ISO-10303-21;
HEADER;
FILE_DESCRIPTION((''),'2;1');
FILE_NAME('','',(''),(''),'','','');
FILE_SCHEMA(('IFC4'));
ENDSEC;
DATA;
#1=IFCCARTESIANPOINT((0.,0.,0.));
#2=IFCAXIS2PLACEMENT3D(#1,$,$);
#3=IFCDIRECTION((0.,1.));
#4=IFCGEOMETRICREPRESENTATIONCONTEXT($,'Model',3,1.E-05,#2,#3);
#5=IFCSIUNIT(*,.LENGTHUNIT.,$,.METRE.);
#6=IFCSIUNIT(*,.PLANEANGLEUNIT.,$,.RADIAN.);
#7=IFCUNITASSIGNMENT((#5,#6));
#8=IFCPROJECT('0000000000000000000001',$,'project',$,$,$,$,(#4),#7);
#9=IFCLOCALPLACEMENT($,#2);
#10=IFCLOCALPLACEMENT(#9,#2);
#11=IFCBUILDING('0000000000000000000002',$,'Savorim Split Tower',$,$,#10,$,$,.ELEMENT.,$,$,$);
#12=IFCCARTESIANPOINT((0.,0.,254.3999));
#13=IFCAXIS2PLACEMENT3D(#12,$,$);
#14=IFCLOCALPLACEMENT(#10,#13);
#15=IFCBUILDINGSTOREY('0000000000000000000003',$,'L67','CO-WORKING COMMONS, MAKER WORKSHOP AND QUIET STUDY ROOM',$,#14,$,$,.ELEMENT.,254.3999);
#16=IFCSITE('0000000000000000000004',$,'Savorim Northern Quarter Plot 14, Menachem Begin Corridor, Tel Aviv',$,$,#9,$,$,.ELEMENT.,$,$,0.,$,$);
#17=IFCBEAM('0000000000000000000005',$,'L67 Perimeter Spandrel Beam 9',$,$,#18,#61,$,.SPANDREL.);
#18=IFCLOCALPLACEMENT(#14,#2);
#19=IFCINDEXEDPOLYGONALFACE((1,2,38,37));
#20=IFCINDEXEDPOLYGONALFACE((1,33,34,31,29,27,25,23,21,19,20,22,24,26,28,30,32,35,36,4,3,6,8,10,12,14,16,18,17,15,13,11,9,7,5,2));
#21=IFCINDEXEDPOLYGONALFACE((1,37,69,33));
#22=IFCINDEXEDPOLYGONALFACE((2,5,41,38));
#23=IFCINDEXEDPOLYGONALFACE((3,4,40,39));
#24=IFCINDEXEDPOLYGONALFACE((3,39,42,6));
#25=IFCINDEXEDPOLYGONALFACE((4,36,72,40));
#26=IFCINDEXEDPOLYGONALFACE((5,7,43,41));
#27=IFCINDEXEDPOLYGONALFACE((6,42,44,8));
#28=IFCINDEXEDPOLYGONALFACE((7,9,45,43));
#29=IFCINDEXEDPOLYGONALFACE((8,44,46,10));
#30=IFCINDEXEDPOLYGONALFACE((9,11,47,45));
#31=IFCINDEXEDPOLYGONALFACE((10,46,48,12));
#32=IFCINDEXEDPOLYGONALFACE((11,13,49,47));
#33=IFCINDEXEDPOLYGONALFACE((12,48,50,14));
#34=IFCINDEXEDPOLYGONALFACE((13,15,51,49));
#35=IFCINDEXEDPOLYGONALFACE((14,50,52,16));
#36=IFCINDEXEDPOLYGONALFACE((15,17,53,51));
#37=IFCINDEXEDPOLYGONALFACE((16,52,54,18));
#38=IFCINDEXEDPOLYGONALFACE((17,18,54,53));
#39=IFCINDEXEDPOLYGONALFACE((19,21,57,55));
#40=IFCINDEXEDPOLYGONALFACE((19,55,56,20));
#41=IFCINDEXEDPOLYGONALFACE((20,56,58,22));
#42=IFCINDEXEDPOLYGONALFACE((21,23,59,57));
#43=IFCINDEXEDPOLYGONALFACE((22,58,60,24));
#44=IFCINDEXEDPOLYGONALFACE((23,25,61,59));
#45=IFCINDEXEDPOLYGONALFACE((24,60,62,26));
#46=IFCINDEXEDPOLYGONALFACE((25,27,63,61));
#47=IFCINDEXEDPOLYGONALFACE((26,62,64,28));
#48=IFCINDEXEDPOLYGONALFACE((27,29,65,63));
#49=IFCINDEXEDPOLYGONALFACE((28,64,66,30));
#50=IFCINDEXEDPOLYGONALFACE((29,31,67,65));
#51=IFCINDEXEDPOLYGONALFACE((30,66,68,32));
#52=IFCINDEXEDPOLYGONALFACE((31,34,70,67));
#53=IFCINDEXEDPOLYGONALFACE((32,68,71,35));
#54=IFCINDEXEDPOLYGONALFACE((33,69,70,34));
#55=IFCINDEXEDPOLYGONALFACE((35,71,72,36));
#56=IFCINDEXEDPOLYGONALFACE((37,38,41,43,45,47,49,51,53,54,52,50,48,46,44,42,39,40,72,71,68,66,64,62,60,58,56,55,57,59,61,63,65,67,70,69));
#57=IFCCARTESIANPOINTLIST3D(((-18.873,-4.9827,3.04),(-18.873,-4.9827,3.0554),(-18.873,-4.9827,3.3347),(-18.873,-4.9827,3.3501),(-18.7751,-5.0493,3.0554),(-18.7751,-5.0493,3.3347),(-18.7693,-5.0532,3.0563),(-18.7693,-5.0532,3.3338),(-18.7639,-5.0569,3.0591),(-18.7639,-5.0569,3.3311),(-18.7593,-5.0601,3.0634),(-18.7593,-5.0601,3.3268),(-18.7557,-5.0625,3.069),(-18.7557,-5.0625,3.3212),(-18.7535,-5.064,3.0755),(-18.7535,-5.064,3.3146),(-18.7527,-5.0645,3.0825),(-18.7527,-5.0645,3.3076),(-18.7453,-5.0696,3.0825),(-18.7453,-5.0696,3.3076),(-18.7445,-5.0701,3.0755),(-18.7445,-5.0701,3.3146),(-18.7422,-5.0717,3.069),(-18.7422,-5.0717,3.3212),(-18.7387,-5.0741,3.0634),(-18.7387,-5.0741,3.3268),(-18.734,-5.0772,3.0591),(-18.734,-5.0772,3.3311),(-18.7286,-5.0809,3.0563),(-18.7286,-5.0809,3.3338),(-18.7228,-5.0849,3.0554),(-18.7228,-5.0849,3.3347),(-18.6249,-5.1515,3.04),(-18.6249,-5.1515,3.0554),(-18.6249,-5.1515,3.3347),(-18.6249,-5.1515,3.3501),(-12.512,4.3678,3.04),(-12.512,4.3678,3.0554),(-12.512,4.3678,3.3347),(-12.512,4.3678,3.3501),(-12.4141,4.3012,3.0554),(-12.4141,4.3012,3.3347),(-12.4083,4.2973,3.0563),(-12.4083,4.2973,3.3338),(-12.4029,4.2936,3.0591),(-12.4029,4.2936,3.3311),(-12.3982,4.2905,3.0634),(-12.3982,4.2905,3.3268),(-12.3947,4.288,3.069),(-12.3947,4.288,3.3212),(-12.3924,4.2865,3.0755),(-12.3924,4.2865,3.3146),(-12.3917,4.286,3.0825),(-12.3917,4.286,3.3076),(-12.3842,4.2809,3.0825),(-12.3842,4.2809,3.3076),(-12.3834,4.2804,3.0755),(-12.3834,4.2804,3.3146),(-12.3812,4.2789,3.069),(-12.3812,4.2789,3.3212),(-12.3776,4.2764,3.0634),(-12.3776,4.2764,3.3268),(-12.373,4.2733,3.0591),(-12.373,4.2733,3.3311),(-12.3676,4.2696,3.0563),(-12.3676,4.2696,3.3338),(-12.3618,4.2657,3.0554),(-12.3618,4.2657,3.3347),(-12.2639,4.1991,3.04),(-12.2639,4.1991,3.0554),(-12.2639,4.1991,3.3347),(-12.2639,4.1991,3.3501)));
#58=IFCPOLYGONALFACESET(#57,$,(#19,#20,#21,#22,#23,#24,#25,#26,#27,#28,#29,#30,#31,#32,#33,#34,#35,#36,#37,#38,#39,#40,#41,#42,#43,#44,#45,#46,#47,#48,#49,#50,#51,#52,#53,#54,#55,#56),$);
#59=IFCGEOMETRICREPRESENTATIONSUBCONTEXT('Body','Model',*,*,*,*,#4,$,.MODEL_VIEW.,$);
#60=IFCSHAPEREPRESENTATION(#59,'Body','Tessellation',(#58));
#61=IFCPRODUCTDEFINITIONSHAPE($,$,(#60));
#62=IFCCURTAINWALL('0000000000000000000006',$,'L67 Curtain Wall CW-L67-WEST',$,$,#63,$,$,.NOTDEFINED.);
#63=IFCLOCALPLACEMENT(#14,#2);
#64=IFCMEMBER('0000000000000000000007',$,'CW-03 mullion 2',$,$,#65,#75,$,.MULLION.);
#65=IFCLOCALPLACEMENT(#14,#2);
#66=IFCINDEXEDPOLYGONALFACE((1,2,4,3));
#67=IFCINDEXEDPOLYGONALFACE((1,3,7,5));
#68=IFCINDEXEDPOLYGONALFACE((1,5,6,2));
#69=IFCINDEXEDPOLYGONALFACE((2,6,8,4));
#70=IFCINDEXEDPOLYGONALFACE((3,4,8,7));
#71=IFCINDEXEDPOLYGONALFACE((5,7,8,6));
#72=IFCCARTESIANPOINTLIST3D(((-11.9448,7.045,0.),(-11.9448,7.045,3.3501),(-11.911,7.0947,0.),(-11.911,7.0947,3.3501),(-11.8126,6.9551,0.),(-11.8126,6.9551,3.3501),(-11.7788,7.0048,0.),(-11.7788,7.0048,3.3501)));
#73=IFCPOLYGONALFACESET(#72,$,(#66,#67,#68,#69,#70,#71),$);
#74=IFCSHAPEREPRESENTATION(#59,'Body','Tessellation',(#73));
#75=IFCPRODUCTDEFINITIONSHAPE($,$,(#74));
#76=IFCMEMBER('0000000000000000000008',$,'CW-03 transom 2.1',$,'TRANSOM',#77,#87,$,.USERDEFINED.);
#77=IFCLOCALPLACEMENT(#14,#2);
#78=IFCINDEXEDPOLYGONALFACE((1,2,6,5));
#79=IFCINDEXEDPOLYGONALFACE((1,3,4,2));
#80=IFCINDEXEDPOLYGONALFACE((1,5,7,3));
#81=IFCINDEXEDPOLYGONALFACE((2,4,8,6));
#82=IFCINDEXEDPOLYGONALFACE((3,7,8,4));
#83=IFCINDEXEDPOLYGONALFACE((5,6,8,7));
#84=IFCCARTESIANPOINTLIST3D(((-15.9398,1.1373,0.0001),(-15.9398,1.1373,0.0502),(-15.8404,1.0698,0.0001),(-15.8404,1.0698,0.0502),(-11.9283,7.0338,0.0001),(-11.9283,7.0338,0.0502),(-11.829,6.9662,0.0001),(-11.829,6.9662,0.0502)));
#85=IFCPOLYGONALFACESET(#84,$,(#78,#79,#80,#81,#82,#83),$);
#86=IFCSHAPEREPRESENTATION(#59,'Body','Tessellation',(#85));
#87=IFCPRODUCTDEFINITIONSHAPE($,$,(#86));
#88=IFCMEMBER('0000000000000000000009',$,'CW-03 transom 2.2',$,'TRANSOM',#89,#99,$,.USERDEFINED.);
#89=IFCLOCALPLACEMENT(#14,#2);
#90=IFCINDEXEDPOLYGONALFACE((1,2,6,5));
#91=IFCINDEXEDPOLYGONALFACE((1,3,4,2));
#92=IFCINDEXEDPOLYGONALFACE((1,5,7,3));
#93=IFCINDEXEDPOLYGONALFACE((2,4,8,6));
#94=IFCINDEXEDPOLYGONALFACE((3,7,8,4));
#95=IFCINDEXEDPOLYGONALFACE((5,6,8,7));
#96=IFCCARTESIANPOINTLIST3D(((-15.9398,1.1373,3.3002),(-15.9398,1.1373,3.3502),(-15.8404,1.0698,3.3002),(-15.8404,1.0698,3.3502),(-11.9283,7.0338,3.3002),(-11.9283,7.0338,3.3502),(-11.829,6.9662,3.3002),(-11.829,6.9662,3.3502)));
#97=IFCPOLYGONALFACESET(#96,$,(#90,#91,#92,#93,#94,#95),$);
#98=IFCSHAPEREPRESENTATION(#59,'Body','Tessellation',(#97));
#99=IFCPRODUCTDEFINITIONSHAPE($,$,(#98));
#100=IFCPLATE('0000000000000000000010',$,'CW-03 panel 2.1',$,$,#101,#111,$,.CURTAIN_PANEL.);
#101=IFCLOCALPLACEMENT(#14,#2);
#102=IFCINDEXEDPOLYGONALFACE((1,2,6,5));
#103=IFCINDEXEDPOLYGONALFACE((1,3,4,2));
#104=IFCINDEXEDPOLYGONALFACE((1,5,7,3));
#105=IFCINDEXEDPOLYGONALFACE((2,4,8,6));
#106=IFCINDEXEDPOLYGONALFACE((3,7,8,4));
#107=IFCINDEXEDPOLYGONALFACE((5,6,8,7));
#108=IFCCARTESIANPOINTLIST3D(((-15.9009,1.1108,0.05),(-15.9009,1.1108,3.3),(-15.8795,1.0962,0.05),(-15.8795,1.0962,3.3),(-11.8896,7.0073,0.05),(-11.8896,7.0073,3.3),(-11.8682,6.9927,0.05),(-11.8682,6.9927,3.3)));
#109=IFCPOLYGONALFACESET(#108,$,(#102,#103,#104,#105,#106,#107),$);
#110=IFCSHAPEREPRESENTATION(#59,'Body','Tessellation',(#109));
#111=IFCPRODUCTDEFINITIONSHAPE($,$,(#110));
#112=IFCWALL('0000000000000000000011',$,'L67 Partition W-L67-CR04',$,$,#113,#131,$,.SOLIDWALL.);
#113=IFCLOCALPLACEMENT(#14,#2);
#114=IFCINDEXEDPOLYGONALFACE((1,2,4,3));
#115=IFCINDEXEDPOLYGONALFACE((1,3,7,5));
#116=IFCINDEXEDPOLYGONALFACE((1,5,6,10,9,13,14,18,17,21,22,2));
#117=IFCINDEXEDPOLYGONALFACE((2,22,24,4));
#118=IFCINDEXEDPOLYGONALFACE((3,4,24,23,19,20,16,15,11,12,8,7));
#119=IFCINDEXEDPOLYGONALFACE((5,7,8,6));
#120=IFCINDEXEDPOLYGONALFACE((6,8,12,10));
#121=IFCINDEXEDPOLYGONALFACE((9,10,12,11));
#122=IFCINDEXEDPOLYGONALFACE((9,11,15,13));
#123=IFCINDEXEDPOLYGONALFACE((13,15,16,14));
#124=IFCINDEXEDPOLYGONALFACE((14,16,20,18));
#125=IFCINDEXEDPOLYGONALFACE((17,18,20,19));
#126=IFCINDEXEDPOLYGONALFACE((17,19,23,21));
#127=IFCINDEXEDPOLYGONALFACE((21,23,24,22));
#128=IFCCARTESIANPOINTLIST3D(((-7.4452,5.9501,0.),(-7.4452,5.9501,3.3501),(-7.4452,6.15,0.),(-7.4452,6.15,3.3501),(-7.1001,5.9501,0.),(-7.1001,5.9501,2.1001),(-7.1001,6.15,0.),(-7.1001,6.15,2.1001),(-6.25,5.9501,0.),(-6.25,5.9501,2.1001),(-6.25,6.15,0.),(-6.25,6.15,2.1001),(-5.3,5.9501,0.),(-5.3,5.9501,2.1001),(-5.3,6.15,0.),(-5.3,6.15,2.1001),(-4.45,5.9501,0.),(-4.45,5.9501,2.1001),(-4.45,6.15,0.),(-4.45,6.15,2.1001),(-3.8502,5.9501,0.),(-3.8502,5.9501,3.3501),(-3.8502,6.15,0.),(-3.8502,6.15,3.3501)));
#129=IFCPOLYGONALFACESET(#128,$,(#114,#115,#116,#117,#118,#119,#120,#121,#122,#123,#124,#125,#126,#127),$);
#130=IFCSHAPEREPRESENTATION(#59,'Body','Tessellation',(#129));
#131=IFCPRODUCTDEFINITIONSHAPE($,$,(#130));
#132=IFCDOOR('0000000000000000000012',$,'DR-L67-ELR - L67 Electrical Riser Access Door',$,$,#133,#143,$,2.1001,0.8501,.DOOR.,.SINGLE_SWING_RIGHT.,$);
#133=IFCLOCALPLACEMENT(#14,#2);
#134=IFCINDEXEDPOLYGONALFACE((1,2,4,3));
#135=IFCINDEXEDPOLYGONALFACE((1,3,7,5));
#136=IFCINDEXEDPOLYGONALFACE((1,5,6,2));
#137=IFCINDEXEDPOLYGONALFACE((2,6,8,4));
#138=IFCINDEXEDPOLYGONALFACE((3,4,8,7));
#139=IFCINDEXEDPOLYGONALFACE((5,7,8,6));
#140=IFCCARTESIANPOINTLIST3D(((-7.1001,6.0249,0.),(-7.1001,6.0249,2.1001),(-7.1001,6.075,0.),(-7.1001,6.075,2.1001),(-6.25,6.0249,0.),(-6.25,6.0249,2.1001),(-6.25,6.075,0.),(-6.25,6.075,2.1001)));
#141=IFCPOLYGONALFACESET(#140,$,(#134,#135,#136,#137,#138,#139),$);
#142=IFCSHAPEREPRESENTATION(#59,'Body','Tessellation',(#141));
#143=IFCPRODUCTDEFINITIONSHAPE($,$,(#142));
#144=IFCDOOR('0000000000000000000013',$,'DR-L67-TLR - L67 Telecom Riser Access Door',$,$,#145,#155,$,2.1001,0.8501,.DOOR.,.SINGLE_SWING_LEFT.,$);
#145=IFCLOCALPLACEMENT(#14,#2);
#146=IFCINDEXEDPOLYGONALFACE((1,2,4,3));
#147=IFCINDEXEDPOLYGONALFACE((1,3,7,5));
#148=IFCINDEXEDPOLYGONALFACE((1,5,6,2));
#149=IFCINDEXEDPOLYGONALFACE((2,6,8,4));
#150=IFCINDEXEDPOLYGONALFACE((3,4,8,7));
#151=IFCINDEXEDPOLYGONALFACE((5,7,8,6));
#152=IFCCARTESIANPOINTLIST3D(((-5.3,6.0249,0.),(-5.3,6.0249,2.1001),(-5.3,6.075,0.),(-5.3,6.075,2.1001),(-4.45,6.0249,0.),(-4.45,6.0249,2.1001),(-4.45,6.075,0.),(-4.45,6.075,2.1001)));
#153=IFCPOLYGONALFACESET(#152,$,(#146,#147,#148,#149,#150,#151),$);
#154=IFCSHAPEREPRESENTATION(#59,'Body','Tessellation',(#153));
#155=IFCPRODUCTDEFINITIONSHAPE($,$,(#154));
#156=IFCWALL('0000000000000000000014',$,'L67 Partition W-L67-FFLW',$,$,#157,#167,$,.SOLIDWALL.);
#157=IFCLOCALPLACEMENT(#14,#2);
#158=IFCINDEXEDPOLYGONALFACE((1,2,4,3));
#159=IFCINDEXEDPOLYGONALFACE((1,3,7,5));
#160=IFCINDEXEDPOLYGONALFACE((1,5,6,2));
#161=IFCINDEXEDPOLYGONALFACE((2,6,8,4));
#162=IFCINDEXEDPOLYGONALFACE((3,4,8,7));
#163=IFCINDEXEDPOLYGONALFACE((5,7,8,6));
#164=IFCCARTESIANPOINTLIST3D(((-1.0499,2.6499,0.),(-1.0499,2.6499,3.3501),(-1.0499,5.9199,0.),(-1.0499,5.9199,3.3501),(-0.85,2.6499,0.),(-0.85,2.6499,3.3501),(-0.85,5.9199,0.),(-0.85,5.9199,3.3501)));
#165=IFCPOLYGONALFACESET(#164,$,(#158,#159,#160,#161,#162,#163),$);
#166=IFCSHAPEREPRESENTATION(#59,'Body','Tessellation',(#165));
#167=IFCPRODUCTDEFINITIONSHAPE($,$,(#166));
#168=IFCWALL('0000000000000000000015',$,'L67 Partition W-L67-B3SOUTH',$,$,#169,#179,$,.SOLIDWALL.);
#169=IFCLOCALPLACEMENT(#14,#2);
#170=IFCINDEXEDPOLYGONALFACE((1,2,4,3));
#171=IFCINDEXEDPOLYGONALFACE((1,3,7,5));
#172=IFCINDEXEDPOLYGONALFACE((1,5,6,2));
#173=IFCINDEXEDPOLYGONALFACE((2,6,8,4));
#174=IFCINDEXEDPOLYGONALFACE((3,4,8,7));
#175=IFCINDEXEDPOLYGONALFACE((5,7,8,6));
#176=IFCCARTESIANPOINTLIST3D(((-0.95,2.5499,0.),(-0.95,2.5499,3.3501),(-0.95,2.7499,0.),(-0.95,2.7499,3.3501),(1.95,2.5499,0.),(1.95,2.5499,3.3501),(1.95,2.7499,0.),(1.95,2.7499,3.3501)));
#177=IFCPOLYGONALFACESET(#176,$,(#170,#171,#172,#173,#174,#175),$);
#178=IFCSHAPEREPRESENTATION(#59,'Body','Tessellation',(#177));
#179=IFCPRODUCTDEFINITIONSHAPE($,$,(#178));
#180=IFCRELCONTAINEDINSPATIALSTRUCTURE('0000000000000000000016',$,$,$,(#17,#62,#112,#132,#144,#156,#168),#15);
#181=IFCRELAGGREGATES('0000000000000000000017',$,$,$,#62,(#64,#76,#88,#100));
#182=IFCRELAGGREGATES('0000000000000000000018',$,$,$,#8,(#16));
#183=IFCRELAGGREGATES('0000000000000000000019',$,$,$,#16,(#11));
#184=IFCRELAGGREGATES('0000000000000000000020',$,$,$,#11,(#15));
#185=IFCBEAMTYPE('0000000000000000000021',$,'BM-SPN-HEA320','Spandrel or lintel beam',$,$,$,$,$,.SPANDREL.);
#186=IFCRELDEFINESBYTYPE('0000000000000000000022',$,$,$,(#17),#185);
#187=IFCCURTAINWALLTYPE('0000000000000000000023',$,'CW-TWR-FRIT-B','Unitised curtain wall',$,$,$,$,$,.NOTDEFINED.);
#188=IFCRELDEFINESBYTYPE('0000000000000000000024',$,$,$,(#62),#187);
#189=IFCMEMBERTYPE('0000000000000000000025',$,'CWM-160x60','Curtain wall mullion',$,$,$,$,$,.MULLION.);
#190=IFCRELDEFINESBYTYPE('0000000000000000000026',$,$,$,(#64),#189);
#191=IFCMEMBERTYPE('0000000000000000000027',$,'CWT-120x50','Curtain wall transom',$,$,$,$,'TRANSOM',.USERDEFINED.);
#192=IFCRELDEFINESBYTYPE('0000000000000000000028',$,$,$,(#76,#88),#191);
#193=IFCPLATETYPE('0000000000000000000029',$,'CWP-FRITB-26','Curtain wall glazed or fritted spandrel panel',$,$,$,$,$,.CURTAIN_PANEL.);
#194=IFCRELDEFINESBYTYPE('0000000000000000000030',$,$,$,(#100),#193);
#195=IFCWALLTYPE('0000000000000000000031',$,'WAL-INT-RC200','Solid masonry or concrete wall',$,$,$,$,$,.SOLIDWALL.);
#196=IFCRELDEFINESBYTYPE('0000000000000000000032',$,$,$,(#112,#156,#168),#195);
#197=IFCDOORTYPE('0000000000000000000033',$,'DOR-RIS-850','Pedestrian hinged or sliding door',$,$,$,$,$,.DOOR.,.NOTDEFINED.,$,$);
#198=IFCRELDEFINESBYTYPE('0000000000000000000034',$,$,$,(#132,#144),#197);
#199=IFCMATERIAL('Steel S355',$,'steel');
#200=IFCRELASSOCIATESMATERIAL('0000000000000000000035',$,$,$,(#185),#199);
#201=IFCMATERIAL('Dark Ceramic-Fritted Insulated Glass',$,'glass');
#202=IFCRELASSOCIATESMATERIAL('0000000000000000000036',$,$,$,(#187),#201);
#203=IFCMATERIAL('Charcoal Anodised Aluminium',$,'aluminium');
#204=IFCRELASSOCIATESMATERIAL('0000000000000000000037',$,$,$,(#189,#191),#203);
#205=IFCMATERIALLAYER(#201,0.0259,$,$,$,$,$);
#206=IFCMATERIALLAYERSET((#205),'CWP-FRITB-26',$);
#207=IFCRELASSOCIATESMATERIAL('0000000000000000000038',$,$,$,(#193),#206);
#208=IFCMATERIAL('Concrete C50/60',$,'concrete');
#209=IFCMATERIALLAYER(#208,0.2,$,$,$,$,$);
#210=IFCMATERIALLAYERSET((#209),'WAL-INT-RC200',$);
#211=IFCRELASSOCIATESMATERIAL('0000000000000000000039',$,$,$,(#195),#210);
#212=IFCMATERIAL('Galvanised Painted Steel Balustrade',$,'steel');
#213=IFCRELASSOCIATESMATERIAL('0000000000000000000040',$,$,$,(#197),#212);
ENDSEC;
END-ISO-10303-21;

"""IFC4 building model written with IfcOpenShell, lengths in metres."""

from ifc_helpers import new_model, si_unit, direction, frame, frame_2d, origin, origin_2d, place, context, subcontext, project, spatial, rectangle, i_section, extrude, material, layer, layer_set, material_profile, profile_set, type_object, element, fill, aggregate, save


model = new_model("IFC4")

# Units and contexts
model_context = context("Model", 3, precision=1e-05, world=origin(), true_north=direction((0.0, 1.0)))
body_context = subcontext(model_context, "Body", "Model", "MODEL_VIEW")
ifc_project = project(units=[si_unit("LENGTHUNIT", "METRE"), si_unit("PLANEANGLEUNIT", "RADIAN")], contexts=[model_context])

# Site, building, storey
site_placement = place(None, origin())
site = spatial("IfcSite", under=ifc_project, at=site_placement, Name="Savorim Northern Quarter Plot 14, Menachem Begin Corridor, Tel Aviv", CompositionType="ELEMENT", RefElevation=0.0)
building_placement = place(site_placement, origin())
building = spatial("IfcBuilding", under=site, at=building_placement, Name="Savorim Split Tower", CompositionType="ELEMENT")
storey_placement = place(building_placement, frame((0.0, 0.0, 254.3999)))
storey = spatial("IfcBuildingStorey", under=building, at=storey_placement, Name="L67", Description="CO-WORKING COMMONS, MAKER WORKSHOP AND QUIET STUDY ROOM", CompositionType="ELEMENT", Elevation=254.3999)

# Shared definitions
ifc_material_1 = material(Name="Steel S355", Category="steel")

# Beam
ifc_material_profile_1 = material_profile(ifc_material_1, i_section(OverallWidth=0.3, OverallDepth=0.3101, WebThickness=0.009, FlangeThickness=0.0154, FilletRadius=0.0271, at=origin_2d()), Name="HEA 320")
ifc_profile_set_1 = profile_set([ifc_material_profile_1], Name="Steel S355")
beam_type_1 = type_object("IfcBeamType", Name="BM-SPN-HEA320", Description="Spandrel or lintel beam", PredefinedType="SPANDREL", material=ifc_profile_set_1)
beam_1_placement = place(storey_placement, frame((-12.3879, 4.2834, 3.1951), z_axis=(-0.562472, -0.826816, 0.0), x_axis=(0.826816, -0.562472, 0.0)))
element("IfcBeam", 1, at=beam_1_placement, inside=storey, type_object=beam_type_1, Name="L67 Perimeter Spandrel Beam 9", PredefinedType="SPANDREL", context=body_context, shape_type="SweptSolid", body=[
    extrude(i_section(OverallWidth=0.3, OverallDepth=0.3101, WebThickness=0.009, FlangeThickness=0.0154, FilletRadius=0.0271, at=origin_2d()), origin(), (0.0, 0.0, 1.0), 11.3091),
])

# Curtain wall, members, plate
ifc_material_2 = material(Name="Dark Ceramic-Fritted Insulated Glass", Category="glass")
curtain_wall_type = type_object("IfcCurtainWallType", Name="CW-TWR-FRIT-B", Description="Unitised curtain wall", PredefinedType="NOTDEFINED", material=ifc_material_2)
curtain_wall_placement = place(storey_placement, origin())
curtain_wall = element("IfcCurtainWall", 2, at=curtain_wall_placement, inside=storey, type_object=curtain_wall_type, Name="L67 Curtain Wall CW-L67-WEST", PredefinedType="NOTDEFINED")
ifc_material_3 = material(Name="Charcoal Anodised Aluminium", Category="aluminium")
ifc_material_profile_2 = material_profile(ifc_material_3, rectangle(XDim=0.1599, YDim=0.0601, at=origin_2d()), Name="ALU-M 160x60")
ifc_profile_set_2 = profile_set([ifc_material_profile_2], Name="Charcoal Anodised Aluminium")
member_type_1 = type_object("IfcMemberType", Name="CWM-160x60", Description="Curtain wall mullion", PredefinedType="MULLION", material=ifc_profile_set_2)
member_1_placement = place(storey_placement, frame((-11.8618, 7.0249, 0.0), z_axis=(0.0, 0.0, 1.0), x_axis=(0.826817, -0.56247, 0.0)))
member_1 = element("IfcMember", 3, at=member_1_placement, type_object=member_type_1, Name="CW-03 mullion 2", PredefinedType="MULLION", context=body_context, shape_type="SweptSolid", body=[
    extrude(rectangle(XDim=0.1599, YDim=0.0601, at=origin_2d()), origin(), (0.0, 0.0, 1.0), 3.3501),
])
ifc_material_profile_3 = material_profile(ifc_material_3, rectangle(XDim=0.1201, YDim=0.05, at=origin_2d()), Name="ALU-T 120x50")
ifc_profile_set_3 = profile_set([ifc_material_profile_3], Name="Charcoal Anodised Aluminium")
member_type_2 = type_object("IfcMemberType", Name="CWT-120x50", Description="Curtain wall transom", ElementType="TRANSOM", PredefinedType="USERDEFINED", material=ifc_profile_set_3)
member_2_placement = place(storey_placement, frame((-11.8787, 7.0, 0.0251), z_axis=(-0.562489, -0.826805, 0.0), x_axis=(0.826805, -0.562489, 0.0)))
member_2 = element("IfcMember", 4, at=member_2_placement, type_object=member_type_2, Name="CW-03 transom 2.1", ObjectType="TRANSOM", PredefinedType="USERDEFINED", context=body_context, shape_type="SweptSolid", body=[
    extrude(rectangle(XDim=0.1201, YDim=0.05, at=origin_2d()), origin(), (0.0, 0.0, 1.0), 7.1316),
])
member_3_placement = place(storey_placement, frame((-11.8787, 7.0, 3.3252), z_axis=(-0.562489, -0.826805, 0.0), x_axis=(0.826805, -0.562489, 0.0)))
member_3 = element("IfcMember", 5, at=member_3_placement, type_object=member_type_2, Name="CW-03 transom 2.2", ObjectType="TRANSOM", PredefinedType="USERDEFINED", context=body_context, shape_type="SweptSolid", body=[
    extrude(rectangle(XDim=0.1201, YDim=0.05, at=origin_2d()), origin(), (0.0, 0.0, 1.0), 7.1316),
])
ifc_layer_1 = layer(ifc_material_2, 0.0259)
ifc_layer_set_1 = layer_set([ifc_layer_1], Name="CWP-FRITB-26")
plate_type = type_object("IfcPlateType", Name="CWP-FRITB-26", Description="Curtain wall glazed or fritted spandrel panel", PredefinedType="CURTAIN_PANEL", material=ifc_layer_set_1)
plate_placement = place(storey_placement, frame((-13.8845, 4.0518, 0.05), z_axis=(0.0, 0.0, 1.0), x_axis=(-0.56247, -0.826817, 0.0)))
plate = element("IfcPlate", 6, at=plate_placement, type_object=plate_type, Name="CW-03 panel 2.1", PredefinedType="CURTAIN_PANEL", context=body_context, shape_type="SweptSolid", body=[
    extrude(rectangle(XDim=7.1316, YDim=0.0259, at=origin_2d()), origin(), (0.0, 0.0, 1.0), 3.25),
])
aggregate(curtain_wall, [member_1, member_2, member_3, plate])

# Wall, openings, doors
ifc_material_4 = material(Name="Concrete C50/60", Category="concrete")
ifc_layer_2 = layer(ifc_material_4, 0.2)
ifc_layer_set_2 = layer_set([ifc_layer_2], Name="WAL-INT-RC200")
wall_type_1 = type_object("IfcWallType", Name="WAL-INT-RC200", Description="Solid masonry or concrete wall", PredefinedType="SOLIDWALL", material=ifc_layer_set_2)
wall_1_placement = place(storey_placement, frame((-7.4451, 6.05, 0.0), z_axis=(0.0, 0.0, 1.0), x_axis=(1.0, 0.0, 0.0)))
wall_1 = element("IfcWall", 7, at=wall_1_placement, inside=storey, type_object=wall_type_1, Name="L67 Partition W-L67-CR04", PredefinedType="SOLIDWALL", context=body_context, shape_type="SweptSolid", body=[
    extrude(rectangle(XDim=3.595, YDim=0.2, at=frame_2d((1.7974, 0.0))), origin(), (0.0, 0.0, 1.0), 3.3501),
])
opening_1_placement = place(wall_1_placement, frame((0.345, 0.0, 0.0)))
opening_1 = element("IfcOpeningElement", 8, at=opening_1_placement, cuts=wall_1, PredefinedType="OPENING", context=body_context, shape_type="SweptSolid", body=[
    extrude(rectangle(XDim=0.8501, YDim=2.1001, at=frame_2d((0.425, 1.05))), frame((0.0, 0.1099, 0.0), z_axis=(0.0, -1.0, 0.0), x_axis=(1.0, 0.0, 0.0)), (0.0, 0.0, 1.0), 0.22),
])
opening_2_placement = place(wall_1_placement, frame((2.145, 0.0, 0.0)))
opening_2 = element("IfcOpeningElement", 9, at=opening_2_placement, cuts=wall_1, PredefinedType="OPENING", context=body_context, shape_type="SweptSolid", body=[
    extrude(rectangle(XDim=0.8501, YDim=2.1001, at=frame_2d((0.425, 1.05))), frame((0.0, 0.1099, 0.0), z_axis=(0.0, -1.0, 0.0), x_axis=(1.0, 0.0, 0.0)), (0.0, 0.0, 1.0), 0.22),
])
ifc_material_5 = material(Name="Galvanised Painted Steel Balustrade", Category="steel")
door_type = type_object("IfcDoorType", Name="DOR-RIS-850", Description="Pedestrian hinged or sliding door", OperationType="NOTDEFINED", PredefinedType="DOOR", material=ifc_material_5)
door_1_placement = place(opening_1_placement, origin())
door_1 = element("IfcDoor", 10, at=door_1_placement, inside=storey, type_object=door_type, Name="DR-L67-ELR - L67 Electrical Riser Access Door", OperationType="SINGLE_SWING_RIGHT", OverallHeight=2.1001, OverallWidth=0.8501, PredefinedType="DOOR", context=body_context, shape_type="SweptSolid", body=[
    extrude(rectangle(XDim=0.8501, YDim=2.1001, at=frame_2d((0.425, 1.05))), frame((0.0, 0.0249, 0.0), z_axis=(0.0, -1.0, 0.0), x_axis=(1.0, 0.0, 0.0)), (0.0, 0.0, 1.0), 0.05),
])
fill(opening_1, door_1)
door_2_placement = place(opening_2_placement, origin())
door_2 = element("IfcDoor", 11, at=door_2_placement, inside=storey, type_object=door_type, Name="DR-L67-TLR - L67 Telecom Riser Access Door", OperationType="SINGLE_SWING_LEFT", OverallHeight=2.1001, OverallWidth=0.8501, PredefinedType="DOOR", context=body_context, shape_type="SweptSolid", body=[
    extrude(rectangle(XDim=0.8501, YDim=2.1001, at=frame_2d((0.425, 1.05))), frame((0.0, 0.0249, 0.0), z_axis=(0.0, -1.0, 0.0), x_axis=(1.0, 0.0, 0.0)), (0.0, 0.0, 1.0), 0.05),
])
fill(opening_2, door_2)

# Walls
wall_2_placement = place(storey_placement, frame((-0.95, 2.6499, 0.0), z_axis=(0.0, 0.0, 1.0), x_axis=(0.0, 1.0, 0.0)))
element("IfcWall", 12, at=wall_2_placement, inside=storey, type_object=wall_type_1, Name="L67 Partition W-L67-FFLW", PredefinedType="SOLIDWALL", context=body_context, shape_type="SweptSolid", body=[
    extrude(rectangle(XDim=3.27, YDim=0.2, at=frame_2d((1.635, 0.0))), origin(), (0.0, 0.0, 1.0), 3.3501),
])
wall_3_placement = place(storey_placement, frame((-0.95, 2.6499, 0.0), z_axis=(0.0, 0.0, 1.0), x_axis=(1.0, 0.0, 0.0)))
element("IfcWall", 13, at=wall_3_placement, inside=storey, type_object=wall_type_1, Name="L67 Partition W-L67-B3SOUTH", PredefinedType="SOLIDWALL", context=body_context, shape_type="SweptSolid", body=[
    extrude(rectangle(XDim=2.8999, YDim=0.2, at=frame_2d((1.45, 0.0))), origin(), (0.0, 0.0, 1.0), 3.3501),
])

save(model, "model.ifc")
